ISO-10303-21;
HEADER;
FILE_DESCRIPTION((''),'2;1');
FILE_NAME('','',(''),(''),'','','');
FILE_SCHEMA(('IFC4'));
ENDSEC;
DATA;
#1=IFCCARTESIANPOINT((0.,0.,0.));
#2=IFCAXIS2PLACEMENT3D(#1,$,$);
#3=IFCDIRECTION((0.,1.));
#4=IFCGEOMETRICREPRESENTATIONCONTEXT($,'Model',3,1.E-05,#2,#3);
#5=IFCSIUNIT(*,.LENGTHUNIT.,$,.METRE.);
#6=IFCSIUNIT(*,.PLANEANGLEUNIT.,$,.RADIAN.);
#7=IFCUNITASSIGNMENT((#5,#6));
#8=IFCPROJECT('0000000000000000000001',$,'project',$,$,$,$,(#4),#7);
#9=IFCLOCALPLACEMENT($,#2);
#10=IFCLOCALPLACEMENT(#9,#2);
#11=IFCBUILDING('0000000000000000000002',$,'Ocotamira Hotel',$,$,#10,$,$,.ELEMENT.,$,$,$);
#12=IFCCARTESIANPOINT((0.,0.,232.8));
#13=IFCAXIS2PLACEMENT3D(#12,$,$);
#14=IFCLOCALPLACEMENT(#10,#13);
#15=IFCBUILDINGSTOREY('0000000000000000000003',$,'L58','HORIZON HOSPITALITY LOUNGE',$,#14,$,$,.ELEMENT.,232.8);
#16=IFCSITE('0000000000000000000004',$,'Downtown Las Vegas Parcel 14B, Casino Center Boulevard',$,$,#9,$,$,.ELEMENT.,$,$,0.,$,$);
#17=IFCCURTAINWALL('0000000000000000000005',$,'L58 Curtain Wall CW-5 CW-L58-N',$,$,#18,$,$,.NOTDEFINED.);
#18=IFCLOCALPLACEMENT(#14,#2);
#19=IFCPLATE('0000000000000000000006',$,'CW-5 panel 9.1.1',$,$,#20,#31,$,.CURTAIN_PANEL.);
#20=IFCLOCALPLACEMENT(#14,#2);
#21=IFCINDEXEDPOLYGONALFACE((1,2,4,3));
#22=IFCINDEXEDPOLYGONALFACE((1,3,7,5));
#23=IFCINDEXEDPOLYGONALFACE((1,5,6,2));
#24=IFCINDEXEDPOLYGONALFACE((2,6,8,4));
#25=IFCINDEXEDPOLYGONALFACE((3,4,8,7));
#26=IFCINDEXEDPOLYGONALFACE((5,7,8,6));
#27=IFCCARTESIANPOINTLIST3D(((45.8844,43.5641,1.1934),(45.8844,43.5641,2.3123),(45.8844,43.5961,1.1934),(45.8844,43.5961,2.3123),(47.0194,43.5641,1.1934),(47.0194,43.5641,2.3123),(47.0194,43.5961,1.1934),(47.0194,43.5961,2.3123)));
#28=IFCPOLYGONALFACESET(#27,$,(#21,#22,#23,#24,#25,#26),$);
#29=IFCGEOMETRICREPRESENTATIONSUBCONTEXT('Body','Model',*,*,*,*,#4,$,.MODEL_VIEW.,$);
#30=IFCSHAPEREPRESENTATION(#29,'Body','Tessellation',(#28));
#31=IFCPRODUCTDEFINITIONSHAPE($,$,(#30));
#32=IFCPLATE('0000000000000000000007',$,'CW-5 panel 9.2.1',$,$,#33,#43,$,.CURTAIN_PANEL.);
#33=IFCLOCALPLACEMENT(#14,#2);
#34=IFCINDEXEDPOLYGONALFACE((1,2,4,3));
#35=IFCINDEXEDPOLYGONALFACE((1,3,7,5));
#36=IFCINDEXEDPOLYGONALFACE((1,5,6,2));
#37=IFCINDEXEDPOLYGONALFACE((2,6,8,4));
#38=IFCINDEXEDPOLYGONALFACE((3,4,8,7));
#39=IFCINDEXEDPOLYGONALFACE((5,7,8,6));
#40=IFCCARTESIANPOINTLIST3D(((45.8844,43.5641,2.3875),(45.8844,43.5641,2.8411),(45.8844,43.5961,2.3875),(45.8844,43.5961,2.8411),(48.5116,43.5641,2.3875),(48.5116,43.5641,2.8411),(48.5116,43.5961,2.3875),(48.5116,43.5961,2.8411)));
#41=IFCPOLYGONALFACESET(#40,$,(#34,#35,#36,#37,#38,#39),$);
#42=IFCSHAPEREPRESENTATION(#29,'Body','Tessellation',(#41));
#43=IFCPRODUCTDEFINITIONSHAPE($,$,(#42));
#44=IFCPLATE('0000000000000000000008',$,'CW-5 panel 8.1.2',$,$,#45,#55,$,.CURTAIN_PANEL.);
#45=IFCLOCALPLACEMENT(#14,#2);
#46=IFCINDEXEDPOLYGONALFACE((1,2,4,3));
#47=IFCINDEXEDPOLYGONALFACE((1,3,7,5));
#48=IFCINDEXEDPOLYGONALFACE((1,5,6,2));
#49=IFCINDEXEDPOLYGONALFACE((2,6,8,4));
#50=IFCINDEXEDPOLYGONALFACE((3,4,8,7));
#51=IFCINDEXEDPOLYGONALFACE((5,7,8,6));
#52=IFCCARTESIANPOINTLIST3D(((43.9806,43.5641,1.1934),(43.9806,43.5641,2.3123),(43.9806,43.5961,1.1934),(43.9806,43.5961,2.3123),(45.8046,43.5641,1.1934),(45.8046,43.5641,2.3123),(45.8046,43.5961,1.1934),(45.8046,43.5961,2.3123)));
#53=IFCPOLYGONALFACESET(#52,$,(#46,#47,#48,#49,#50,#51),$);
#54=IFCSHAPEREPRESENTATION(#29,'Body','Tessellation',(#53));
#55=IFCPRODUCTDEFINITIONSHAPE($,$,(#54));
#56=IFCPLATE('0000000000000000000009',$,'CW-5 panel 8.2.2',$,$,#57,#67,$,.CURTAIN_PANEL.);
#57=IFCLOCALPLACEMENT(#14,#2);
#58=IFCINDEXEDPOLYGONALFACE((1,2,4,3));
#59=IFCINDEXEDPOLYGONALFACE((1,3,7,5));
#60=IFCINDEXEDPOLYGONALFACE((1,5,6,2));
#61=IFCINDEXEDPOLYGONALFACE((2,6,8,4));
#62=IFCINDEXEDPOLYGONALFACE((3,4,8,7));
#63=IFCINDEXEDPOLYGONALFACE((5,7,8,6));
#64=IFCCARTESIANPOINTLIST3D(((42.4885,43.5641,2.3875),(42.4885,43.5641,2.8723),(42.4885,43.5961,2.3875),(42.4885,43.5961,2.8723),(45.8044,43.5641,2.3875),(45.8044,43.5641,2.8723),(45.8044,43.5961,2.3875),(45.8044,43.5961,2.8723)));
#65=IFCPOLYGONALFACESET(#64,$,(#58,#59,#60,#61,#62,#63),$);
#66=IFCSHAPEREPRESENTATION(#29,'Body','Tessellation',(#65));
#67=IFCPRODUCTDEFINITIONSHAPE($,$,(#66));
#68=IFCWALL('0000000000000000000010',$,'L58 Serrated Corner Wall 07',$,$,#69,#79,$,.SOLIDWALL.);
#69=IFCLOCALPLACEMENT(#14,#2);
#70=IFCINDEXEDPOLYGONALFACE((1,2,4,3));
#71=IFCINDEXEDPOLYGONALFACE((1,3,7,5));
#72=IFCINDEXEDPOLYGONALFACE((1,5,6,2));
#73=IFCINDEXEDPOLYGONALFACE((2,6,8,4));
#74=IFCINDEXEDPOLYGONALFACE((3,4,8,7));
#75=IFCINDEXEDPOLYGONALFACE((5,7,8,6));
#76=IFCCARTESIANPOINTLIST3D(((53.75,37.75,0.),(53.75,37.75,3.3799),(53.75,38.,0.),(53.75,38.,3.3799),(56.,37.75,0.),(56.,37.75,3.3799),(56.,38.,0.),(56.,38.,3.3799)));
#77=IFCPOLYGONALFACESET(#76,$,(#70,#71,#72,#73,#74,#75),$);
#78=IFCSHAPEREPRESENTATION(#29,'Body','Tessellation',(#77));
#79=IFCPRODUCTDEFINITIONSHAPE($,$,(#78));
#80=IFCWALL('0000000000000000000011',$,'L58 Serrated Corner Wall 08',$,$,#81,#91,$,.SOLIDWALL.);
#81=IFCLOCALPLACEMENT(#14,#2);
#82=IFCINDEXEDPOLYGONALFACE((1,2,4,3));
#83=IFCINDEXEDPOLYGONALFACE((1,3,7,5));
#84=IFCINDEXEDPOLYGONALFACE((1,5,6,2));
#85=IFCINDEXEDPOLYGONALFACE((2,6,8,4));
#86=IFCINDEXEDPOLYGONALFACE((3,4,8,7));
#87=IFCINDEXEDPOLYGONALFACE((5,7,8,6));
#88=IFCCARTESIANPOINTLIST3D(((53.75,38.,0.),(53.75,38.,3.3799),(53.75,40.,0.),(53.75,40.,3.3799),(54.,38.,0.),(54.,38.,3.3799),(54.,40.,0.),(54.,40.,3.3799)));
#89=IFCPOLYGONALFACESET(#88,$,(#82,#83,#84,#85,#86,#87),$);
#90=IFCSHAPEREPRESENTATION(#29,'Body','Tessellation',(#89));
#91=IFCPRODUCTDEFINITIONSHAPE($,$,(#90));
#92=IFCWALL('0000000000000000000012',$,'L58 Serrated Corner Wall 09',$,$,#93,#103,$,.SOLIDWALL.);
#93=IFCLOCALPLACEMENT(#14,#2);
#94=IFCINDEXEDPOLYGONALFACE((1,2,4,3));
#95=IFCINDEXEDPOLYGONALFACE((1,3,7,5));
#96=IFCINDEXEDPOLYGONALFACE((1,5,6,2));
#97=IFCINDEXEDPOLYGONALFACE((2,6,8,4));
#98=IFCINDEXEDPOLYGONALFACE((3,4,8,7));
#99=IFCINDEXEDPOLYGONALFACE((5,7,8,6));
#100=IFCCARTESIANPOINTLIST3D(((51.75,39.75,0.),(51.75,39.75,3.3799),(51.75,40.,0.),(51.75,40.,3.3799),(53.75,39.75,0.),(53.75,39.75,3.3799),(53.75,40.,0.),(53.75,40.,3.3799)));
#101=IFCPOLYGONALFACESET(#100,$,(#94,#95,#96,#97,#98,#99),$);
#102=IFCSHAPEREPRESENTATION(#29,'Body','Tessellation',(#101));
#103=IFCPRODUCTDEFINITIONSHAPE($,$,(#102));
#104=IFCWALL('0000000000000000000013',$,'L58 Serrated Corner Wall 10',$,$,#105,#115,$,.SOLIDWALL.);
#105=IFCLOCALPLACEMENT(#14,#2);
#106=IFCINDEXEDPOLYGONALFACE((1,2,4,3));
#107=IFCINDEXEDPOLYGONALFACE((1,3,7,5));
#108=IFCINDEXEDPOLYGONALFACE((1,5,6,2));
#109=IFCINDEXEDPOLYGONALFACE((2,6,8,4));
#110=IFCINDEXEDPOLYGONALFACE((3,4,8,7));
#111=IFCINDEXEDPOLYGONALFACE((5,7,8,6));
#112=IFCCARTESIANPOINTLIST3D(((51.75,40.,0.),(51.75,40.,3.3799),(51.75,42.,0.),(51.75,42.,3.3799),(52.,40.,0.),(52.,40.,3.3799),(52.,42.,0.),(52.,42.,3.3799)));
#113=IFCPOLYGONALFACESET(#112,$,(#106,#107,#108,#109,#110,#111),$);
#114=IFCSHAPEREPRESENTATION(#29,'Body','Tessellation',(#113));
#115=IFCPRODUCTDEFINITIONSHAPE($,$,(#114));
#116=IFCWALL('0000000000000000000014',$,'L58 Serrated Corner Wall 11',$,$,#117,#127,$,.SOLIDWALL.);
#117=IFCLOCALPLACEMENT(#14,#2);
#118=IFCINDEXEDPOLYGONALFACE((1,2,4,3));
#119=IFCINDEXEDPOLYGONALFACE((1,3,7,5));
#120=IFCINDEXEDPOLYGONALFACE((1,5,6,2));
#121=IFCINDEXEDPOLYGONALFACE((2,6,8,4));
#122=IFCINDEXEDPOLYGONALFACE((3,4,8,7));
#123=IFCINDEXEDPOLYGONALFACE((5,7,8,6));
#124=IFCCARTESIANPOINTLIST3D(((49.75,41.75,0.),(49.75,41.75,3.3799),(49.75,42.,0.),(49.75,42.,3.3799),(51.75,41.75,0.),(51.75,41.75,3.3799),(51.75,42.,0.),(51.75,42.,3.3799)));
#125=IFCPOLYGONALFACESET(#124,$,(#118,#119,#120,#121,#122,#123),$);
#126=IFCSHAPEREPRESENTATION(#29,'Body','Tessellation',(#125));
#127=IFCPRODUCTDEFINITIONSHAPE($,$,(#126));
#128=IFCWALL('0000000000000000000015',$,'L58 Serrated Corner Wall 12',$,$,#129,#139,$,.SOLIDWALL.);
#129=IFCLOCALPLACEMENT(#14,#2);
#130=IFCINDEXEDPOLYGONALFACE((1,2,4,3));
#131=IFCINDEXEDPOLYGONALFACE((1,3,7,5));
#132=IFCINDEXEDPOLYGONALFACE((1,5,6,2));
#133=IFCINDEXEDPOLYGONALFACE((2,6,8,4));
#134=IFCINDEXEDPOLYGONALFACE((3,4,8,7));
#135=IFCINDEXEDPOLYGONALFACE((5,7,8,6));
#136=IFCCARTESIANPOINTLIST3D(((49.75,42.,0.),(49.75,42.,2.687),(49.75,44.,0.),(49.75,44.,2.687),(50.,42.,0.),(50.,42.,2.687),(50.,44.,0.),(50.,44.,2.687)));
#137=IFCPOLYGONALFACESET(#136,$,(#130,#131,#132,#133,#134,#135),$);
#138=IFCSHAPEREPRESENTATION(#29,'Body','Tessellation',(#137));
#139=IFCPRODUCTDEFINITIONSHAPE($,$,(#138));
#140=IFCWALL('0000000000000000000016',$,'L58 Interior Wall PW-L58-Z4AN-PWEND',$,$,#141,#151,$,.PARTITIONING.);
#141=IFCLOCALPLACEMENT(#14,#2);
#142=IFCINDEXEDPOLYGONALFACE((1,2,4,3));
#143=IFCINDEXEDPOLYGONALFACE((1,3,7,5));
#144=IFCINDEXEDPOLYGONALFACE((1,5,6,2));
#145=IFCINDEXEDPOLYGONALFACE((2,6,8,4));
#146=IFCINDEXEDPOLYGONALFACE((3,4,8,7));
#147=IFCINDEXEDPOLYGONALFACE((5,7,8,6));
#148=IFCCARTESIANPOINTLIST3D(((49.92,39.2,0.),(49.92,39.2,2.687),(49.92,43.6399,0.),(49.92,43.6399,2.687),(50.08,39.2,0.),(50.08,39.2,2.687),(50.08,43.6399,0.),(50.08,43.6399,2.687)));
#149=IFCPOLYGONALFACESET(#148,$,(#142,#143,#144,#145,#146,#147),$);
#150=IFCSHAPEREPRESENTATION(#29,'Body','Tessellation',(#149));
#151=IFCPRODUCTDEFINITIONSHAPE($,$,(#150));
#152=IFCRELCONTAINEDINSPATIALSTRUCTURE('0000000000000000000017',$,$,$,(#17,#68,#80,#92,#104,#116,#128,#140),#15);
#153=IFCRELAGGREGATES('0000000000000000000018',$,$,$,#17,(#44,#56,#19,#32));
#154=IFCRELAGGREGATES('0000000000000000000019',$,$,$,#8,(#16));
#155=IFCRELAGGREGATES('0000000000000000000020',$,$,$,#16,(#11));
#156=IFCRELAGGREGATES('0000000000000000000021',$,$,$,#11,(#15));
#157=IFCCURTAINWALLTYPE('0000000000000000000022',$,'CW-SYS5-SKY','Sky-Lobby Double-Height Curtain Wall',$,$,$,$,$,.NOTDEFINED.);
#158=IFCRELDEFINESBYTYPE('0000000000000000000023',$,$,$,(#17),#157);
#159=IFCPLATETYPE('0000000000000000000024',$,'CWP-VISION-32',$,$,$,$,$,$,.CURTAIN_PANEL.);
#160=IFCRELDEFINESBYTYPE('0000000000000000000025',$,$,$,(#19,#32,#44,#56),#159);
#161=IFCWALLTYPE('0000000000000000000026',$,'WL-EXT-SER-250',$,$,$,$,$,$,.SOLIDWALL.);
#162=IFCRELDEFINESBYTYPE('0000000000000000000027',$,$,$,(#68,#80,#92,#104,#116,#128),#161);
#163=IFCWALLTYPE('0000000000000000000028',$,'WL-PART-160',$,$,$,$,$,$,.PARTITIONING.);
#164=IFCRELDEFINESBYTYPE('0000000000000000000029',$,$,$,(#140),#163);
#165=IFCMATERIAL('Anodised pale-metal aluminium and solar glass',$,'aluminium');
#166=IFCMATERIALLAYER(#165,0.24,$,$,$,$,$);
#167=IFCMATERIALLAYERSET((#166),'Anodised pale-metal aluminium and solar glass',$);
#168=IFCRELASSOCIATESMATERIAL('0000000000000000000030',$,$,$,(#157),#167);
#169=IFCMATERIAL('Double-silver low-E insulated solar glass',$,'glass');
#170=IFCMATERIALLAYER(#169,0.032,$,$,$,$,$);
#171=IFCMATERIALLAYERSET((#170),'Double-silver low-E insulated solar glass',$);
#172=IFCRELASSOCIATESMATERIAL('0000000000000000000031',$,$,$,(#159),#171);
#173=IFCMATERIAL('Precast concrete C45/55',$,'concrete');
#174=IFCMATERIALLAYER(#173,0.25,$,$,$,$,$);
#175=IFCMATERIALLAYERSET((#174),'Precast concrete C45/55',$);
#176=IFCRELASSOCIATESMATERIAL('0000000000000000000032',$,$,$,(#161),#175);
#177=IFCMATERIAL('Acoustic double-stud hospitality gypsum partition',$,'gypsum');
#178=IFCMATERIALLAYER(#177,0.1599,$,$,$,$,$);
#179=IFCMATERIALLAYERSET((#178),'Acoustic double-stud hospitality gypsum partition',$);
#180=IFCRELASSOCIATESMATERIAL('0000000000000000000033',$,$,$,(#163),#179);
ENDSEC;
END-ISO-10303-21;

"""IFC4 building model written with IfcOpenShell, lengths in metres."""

from ifc_helpers import new_model, si_unit, direction, frame, frame_2d, origin, origin_2d, place, context, subcontext, project, spatial, rectangle, extrude, source, transform, mapped, material, layer, layer_set, type_object, element, aggregate, save


model = new_model("IFC4")

# Units and contexts
model_context = context("Model", 3, precision=1e-05, world=origin(), true_north=direction((0.0, 1.0)))
body_context = subcontext(model_context, "Body", "Model", "MODEL_VIEW")
ifc_project = project(units=[si_unit("LENGTHUNIT", "METRE"), si_unit("PLANEANGLEUNIT", "RADIAN")], contexts=[model_context])

# Site, building, storey
site_placement = place(None, origin())
site = spatial("IfcSite", under=ifc_project, at=site_placement, Name="Downtown Las Vegas Parcel 14B, Casino Center Boulevard", CompositionType="ELEMENT", RefElevation=0.0)
building_placement = place(site_placement, origin())
building = spatial("IfcBuilding", under=site, at=building_placement, Name="Ocotamira Hotel", CompositionType="ELEMENT")
storey_placement = place(building_placement, frame((0.0, 0.0, 232.8)))
storey = spatial("IfcBuildingStorey", under=building, at=storey_placement, Name="L58", Description="HORIZON HOSPITALITY LOUNGE", CompositionType="ELEMENT", Elevation=232.8)

# Curtain wall
ifc_material_1 = material(Name="Anodised pale-metal aluminium and solar glass", Category="aluminium")
ifc_layer_1 = layer(ifc_material_1, 0.24)
ifc_layer_set_1 = layer_set([ifc_layer_1], Name="Anodised pale-metal aluminium and solar glass")
curtain_wall_type = type_object("IfcCurtainWallType", Name="CW-SYS5-SKY", Description="Sky-Lobby Double-Height Curtain Wall", PredefinedType="NOTDEFINED", material=ifc_layer_set_1)
curtain_wall_1_placement = place(storey_placement, origin())
curtain_wall_1 = element("IfcCurtainWall", 1, at=curtain_wall_1_placement, inside=storey, type_object=curtain_wall_type, Name="L58 Curtain Wall CW-5 CW-L58-N", PredefinedType="NOTDEFINED")

# Plates
ifc_material_2 = material(Name="Double-silver low-E insulated solar glass", Category="glass")
ifc_layer_2 = layer(ifc_material_2, 0.032)
ifc_layer_set_2 = layer_set([ifc_layer_2], Name="Double-silver low-E insulated solar glass")
plate_type_1 = type_object("IfcPlateType", Name="CWP-VISION-32", PredefinedType="CURTAIN_PANEL", material=ifc_layer_set_2)
shared_shape_1 = source(origin(), body_context, "Body", "SweptSolid", [
    extrude(rectangle(XDim=1.135, YDim=0.032, at=origin_2d()), origin(), (0.0, 0.0, 1.0), 1.1189),
])
plate_1_placement = place(storey_placement, frame((46.4519, 43.5801, 1.1934), z_axis=(0.0, 0.0, 1.0), x_axis=(1.0, 0.0, 0.0)))
plate_1 = element("IfcPlate", 2, at=plate_1_placement, type_object=plate_type_1, Name="CW-5 panel 9.1.1", PredefinedType="CURTAIN_PANEL", context=body_context, shape_type="MappedRepresentation", body=[
    mapped(shared_shape_1, transform((0.0, 0.0, 0.0), scale=1.0)),
])
shared_shape_2 = source(origin(), body_context, "Body", "SweptSolid", [
    extrude(rectangle(XDim=2.6272, YDim=0.032, at=origin_2d()), origin(), (0.0, 0.0, 1.0), 0.4536),
])
plate_2_placement = place(storey_placement, frame((47.198, 43.5801, 2.3875), z_axis=(0.0, 0.0, 1.0), x_axis=(1.0, 0.0, 0.0)))
plate_2 = element("IfcPlate", 3, at=plate_2_placement, type_object=plate_type_1, Name="CW-5 panel 9.2.1", PredefinedType="CURTAIN_PANEL", context=body_context, shape_type="MappedRepresentation", body=[
    mapped(shared_shape_2, transform((0.0, 0.0, 0.0), scale=1.0)),
])
shared_shape_3 = source(origin(), body_context, "Body", "SweptSolid", [
    extrude(rectangle(XDim=1.824, YDim=0.032, at=origin_2d()), origin(), (0.0, 0.0, 1.0), 1.1189),
])
plate_3_placement = place(storey_placement, frame((44.8926, 43.5801, 1.1934), z_axis=(0.0, 0.0, 1.0), x_axis=(1.0, 0.0, 0.0)))
plate_3 = element("IfcPlate", 4, at=plate_3_placement, type_object=plate_type_1, Name="CW-5 panel 8.1.2", PredefinedType="CURTAIN_PANEL", context=body_context, shape_type="MappedRepresentation", body=[
    mapped(shared_shape_3, transform((0.0, 0.0, 0.0), scale=1.0)),
])
shared_shape_4 = source(origin(), body_context, "Body", "SweptSolid", [
    extrude(rectangle(XDim=3.3159, YDim=0.032, at=origin_2d()), origin(), (0.0, 0.0, 1.0), 0.4849),
])
plate_4_placement = place(storey_placement, frame((44.1465, 43.5801, 2.3875), z_axis=(0.0, 0.0, 1.0), x_axis=(1.0, 0.0, 0.0)))
plate_4 = element("IfcPlate", 5, at=plate_4_placement, type_object=plate_type_1, Name="CW-5 panel 8.2.2", PredefinedType="CURTAIN_PANEL", context=body_context, shape_type="MappedRepresentation", body=[
    mapped(shared_shape_4, transform((0.0, 0.0, 0.0), scale=1.0)),
])
aggregate(curtain_wall_1, [plate_3, plate_4, plate_1, plate_2])

# Walls
ifc_material_3 = material(Name="Precast concrete C45/55", Category="concrete")
ifc_layer_3 = layer(ifc_material_3, 0.25)
ifc_layer_set_3 = layer_set([ifc_layer_3], Name="Precast concrete C45/55")
wall_type_1 = type_object("IfcWallType", Name="WL-EXT-SER-250", PredefinedType="SOLIDWALL", material=ifc_layer_set_3)
wall_1_placement = place(storey_placement, frame((56.0, 37.875, 0.0), z_axis=(0.0, 0.0, 1.0), x_axis=(-1.0, 0.0, 0.0)))
element("IfcWall", 6, at=wall_1_placement, inside=storey, type_object=wall_type_1, Name="L58 Serrated Corner Wall 07", PredefinedType="SOLIDWALL", context=body_context, shape_type="SweptSolid", body=[
    extrude(rectangle(XDim=2.25, YDim=0.25, at=frame_2d((1.125, 0.0))), origin(), (0.0, 0.0, 1.0), 3.3799),
])
for number, where, z_axis, x_axis, name in (
    (7, (53.875, 38.0, 0.0), (0.0, 0.0, 1.0), (0.0, 1.0, 0.0), "L58 Serrated Corner Wall 08"),
    (8, (53.75, 39.875, 0.0), (0.0, 0.0, 1.0), (-1.0, 0.0, 0.0), "L58 Serrated Corner Wall 09"),
    (9, (51.875, 40.0, 0.0), (0.0, 0.0, 1.0), (0.0, 1.0, 0.0), "L58 Serrated Corner Wall 10"),
    (10, (51.75, 41.875, 0.0), (0.0, 0.0, 1.0), (-1.0, 0.0, 0.0), "L58 Serrated Corner Wall 11"),
):
    element("IfcWall", number, at=place(storey_placement, frame(where, z_axis=z_axis, x_axis=x_axis)), inside=storey, type_object=wall_type_1, Name=name, PredefinedType="SOLIDWALL", context=body_context, shape_type="SweptSolid", body=[
        extrude(rectangle(XDim=2.0, YDim=0.25, at=frame_2d((1.0, 0.0))), origin(), (0.0, 0.0, 1.0), 3.3799),
    ])
wall_2_placement = place(storey_placement, frame((49.875, 42.0, 0.0), z_axis=(0.0, 0.0, 1.0), x_axis=(0.0, 1.0, 0.0)))
element("IfcWall", 11, at=wall_2_placement, inside=storey, type_object=wall_type_1, Name="L58 Serrated Corner Wall 12", PredefinedType="SOLIDWALL", context=body_context, shape_type="SweptSolid", body=[
    extrude(rectangle(XDim=2.0, YDim=0.25, at=frame_2d((1.0, 0.0))), origin(), (0.0, 0.0, 1.0), 2.687),
])

# Wall
ifc_material_4 = material(Name="Acoustic double-stud hospitality gypsum partition", Category="gypsum")
ifc_layer_4 = layer(ifc_material_4, 0.1599)
ifc_layer_set_4 = layer_set([ifc_layer_4], Name="Acoustic double-stud hospitality gypsum partition")
wall_type_2 = type_object("IfcWallType", Name="WL-PART-160", PredefinedType="PARTITIONING", material=ifc_layer_set_4)
wall_3_placement = place(storey_placement, frame((50.0, 39.2, 0.0), z_axis=(0.0, 0.0, 1.0), x_axis=(0.0, 1.0, 0.0)))
element("IfcWall", 12, at=wall_3_placement, inside=storey, type_object=wall_type_2, Name="L58 Interior Wall PW-L58-Z4AN-PWEND", PredefinedType="PARTITIONING", context=body_context, shape_type="SweptSolid", body=[
    extrude(rectangle(XDim=4.4399, YDim=0.1599, at=frame_2d((2.22, 0.0))), origin(), (0.0, 0.0, 1.0), 2.687),
])

save(model, "model.ifc")
